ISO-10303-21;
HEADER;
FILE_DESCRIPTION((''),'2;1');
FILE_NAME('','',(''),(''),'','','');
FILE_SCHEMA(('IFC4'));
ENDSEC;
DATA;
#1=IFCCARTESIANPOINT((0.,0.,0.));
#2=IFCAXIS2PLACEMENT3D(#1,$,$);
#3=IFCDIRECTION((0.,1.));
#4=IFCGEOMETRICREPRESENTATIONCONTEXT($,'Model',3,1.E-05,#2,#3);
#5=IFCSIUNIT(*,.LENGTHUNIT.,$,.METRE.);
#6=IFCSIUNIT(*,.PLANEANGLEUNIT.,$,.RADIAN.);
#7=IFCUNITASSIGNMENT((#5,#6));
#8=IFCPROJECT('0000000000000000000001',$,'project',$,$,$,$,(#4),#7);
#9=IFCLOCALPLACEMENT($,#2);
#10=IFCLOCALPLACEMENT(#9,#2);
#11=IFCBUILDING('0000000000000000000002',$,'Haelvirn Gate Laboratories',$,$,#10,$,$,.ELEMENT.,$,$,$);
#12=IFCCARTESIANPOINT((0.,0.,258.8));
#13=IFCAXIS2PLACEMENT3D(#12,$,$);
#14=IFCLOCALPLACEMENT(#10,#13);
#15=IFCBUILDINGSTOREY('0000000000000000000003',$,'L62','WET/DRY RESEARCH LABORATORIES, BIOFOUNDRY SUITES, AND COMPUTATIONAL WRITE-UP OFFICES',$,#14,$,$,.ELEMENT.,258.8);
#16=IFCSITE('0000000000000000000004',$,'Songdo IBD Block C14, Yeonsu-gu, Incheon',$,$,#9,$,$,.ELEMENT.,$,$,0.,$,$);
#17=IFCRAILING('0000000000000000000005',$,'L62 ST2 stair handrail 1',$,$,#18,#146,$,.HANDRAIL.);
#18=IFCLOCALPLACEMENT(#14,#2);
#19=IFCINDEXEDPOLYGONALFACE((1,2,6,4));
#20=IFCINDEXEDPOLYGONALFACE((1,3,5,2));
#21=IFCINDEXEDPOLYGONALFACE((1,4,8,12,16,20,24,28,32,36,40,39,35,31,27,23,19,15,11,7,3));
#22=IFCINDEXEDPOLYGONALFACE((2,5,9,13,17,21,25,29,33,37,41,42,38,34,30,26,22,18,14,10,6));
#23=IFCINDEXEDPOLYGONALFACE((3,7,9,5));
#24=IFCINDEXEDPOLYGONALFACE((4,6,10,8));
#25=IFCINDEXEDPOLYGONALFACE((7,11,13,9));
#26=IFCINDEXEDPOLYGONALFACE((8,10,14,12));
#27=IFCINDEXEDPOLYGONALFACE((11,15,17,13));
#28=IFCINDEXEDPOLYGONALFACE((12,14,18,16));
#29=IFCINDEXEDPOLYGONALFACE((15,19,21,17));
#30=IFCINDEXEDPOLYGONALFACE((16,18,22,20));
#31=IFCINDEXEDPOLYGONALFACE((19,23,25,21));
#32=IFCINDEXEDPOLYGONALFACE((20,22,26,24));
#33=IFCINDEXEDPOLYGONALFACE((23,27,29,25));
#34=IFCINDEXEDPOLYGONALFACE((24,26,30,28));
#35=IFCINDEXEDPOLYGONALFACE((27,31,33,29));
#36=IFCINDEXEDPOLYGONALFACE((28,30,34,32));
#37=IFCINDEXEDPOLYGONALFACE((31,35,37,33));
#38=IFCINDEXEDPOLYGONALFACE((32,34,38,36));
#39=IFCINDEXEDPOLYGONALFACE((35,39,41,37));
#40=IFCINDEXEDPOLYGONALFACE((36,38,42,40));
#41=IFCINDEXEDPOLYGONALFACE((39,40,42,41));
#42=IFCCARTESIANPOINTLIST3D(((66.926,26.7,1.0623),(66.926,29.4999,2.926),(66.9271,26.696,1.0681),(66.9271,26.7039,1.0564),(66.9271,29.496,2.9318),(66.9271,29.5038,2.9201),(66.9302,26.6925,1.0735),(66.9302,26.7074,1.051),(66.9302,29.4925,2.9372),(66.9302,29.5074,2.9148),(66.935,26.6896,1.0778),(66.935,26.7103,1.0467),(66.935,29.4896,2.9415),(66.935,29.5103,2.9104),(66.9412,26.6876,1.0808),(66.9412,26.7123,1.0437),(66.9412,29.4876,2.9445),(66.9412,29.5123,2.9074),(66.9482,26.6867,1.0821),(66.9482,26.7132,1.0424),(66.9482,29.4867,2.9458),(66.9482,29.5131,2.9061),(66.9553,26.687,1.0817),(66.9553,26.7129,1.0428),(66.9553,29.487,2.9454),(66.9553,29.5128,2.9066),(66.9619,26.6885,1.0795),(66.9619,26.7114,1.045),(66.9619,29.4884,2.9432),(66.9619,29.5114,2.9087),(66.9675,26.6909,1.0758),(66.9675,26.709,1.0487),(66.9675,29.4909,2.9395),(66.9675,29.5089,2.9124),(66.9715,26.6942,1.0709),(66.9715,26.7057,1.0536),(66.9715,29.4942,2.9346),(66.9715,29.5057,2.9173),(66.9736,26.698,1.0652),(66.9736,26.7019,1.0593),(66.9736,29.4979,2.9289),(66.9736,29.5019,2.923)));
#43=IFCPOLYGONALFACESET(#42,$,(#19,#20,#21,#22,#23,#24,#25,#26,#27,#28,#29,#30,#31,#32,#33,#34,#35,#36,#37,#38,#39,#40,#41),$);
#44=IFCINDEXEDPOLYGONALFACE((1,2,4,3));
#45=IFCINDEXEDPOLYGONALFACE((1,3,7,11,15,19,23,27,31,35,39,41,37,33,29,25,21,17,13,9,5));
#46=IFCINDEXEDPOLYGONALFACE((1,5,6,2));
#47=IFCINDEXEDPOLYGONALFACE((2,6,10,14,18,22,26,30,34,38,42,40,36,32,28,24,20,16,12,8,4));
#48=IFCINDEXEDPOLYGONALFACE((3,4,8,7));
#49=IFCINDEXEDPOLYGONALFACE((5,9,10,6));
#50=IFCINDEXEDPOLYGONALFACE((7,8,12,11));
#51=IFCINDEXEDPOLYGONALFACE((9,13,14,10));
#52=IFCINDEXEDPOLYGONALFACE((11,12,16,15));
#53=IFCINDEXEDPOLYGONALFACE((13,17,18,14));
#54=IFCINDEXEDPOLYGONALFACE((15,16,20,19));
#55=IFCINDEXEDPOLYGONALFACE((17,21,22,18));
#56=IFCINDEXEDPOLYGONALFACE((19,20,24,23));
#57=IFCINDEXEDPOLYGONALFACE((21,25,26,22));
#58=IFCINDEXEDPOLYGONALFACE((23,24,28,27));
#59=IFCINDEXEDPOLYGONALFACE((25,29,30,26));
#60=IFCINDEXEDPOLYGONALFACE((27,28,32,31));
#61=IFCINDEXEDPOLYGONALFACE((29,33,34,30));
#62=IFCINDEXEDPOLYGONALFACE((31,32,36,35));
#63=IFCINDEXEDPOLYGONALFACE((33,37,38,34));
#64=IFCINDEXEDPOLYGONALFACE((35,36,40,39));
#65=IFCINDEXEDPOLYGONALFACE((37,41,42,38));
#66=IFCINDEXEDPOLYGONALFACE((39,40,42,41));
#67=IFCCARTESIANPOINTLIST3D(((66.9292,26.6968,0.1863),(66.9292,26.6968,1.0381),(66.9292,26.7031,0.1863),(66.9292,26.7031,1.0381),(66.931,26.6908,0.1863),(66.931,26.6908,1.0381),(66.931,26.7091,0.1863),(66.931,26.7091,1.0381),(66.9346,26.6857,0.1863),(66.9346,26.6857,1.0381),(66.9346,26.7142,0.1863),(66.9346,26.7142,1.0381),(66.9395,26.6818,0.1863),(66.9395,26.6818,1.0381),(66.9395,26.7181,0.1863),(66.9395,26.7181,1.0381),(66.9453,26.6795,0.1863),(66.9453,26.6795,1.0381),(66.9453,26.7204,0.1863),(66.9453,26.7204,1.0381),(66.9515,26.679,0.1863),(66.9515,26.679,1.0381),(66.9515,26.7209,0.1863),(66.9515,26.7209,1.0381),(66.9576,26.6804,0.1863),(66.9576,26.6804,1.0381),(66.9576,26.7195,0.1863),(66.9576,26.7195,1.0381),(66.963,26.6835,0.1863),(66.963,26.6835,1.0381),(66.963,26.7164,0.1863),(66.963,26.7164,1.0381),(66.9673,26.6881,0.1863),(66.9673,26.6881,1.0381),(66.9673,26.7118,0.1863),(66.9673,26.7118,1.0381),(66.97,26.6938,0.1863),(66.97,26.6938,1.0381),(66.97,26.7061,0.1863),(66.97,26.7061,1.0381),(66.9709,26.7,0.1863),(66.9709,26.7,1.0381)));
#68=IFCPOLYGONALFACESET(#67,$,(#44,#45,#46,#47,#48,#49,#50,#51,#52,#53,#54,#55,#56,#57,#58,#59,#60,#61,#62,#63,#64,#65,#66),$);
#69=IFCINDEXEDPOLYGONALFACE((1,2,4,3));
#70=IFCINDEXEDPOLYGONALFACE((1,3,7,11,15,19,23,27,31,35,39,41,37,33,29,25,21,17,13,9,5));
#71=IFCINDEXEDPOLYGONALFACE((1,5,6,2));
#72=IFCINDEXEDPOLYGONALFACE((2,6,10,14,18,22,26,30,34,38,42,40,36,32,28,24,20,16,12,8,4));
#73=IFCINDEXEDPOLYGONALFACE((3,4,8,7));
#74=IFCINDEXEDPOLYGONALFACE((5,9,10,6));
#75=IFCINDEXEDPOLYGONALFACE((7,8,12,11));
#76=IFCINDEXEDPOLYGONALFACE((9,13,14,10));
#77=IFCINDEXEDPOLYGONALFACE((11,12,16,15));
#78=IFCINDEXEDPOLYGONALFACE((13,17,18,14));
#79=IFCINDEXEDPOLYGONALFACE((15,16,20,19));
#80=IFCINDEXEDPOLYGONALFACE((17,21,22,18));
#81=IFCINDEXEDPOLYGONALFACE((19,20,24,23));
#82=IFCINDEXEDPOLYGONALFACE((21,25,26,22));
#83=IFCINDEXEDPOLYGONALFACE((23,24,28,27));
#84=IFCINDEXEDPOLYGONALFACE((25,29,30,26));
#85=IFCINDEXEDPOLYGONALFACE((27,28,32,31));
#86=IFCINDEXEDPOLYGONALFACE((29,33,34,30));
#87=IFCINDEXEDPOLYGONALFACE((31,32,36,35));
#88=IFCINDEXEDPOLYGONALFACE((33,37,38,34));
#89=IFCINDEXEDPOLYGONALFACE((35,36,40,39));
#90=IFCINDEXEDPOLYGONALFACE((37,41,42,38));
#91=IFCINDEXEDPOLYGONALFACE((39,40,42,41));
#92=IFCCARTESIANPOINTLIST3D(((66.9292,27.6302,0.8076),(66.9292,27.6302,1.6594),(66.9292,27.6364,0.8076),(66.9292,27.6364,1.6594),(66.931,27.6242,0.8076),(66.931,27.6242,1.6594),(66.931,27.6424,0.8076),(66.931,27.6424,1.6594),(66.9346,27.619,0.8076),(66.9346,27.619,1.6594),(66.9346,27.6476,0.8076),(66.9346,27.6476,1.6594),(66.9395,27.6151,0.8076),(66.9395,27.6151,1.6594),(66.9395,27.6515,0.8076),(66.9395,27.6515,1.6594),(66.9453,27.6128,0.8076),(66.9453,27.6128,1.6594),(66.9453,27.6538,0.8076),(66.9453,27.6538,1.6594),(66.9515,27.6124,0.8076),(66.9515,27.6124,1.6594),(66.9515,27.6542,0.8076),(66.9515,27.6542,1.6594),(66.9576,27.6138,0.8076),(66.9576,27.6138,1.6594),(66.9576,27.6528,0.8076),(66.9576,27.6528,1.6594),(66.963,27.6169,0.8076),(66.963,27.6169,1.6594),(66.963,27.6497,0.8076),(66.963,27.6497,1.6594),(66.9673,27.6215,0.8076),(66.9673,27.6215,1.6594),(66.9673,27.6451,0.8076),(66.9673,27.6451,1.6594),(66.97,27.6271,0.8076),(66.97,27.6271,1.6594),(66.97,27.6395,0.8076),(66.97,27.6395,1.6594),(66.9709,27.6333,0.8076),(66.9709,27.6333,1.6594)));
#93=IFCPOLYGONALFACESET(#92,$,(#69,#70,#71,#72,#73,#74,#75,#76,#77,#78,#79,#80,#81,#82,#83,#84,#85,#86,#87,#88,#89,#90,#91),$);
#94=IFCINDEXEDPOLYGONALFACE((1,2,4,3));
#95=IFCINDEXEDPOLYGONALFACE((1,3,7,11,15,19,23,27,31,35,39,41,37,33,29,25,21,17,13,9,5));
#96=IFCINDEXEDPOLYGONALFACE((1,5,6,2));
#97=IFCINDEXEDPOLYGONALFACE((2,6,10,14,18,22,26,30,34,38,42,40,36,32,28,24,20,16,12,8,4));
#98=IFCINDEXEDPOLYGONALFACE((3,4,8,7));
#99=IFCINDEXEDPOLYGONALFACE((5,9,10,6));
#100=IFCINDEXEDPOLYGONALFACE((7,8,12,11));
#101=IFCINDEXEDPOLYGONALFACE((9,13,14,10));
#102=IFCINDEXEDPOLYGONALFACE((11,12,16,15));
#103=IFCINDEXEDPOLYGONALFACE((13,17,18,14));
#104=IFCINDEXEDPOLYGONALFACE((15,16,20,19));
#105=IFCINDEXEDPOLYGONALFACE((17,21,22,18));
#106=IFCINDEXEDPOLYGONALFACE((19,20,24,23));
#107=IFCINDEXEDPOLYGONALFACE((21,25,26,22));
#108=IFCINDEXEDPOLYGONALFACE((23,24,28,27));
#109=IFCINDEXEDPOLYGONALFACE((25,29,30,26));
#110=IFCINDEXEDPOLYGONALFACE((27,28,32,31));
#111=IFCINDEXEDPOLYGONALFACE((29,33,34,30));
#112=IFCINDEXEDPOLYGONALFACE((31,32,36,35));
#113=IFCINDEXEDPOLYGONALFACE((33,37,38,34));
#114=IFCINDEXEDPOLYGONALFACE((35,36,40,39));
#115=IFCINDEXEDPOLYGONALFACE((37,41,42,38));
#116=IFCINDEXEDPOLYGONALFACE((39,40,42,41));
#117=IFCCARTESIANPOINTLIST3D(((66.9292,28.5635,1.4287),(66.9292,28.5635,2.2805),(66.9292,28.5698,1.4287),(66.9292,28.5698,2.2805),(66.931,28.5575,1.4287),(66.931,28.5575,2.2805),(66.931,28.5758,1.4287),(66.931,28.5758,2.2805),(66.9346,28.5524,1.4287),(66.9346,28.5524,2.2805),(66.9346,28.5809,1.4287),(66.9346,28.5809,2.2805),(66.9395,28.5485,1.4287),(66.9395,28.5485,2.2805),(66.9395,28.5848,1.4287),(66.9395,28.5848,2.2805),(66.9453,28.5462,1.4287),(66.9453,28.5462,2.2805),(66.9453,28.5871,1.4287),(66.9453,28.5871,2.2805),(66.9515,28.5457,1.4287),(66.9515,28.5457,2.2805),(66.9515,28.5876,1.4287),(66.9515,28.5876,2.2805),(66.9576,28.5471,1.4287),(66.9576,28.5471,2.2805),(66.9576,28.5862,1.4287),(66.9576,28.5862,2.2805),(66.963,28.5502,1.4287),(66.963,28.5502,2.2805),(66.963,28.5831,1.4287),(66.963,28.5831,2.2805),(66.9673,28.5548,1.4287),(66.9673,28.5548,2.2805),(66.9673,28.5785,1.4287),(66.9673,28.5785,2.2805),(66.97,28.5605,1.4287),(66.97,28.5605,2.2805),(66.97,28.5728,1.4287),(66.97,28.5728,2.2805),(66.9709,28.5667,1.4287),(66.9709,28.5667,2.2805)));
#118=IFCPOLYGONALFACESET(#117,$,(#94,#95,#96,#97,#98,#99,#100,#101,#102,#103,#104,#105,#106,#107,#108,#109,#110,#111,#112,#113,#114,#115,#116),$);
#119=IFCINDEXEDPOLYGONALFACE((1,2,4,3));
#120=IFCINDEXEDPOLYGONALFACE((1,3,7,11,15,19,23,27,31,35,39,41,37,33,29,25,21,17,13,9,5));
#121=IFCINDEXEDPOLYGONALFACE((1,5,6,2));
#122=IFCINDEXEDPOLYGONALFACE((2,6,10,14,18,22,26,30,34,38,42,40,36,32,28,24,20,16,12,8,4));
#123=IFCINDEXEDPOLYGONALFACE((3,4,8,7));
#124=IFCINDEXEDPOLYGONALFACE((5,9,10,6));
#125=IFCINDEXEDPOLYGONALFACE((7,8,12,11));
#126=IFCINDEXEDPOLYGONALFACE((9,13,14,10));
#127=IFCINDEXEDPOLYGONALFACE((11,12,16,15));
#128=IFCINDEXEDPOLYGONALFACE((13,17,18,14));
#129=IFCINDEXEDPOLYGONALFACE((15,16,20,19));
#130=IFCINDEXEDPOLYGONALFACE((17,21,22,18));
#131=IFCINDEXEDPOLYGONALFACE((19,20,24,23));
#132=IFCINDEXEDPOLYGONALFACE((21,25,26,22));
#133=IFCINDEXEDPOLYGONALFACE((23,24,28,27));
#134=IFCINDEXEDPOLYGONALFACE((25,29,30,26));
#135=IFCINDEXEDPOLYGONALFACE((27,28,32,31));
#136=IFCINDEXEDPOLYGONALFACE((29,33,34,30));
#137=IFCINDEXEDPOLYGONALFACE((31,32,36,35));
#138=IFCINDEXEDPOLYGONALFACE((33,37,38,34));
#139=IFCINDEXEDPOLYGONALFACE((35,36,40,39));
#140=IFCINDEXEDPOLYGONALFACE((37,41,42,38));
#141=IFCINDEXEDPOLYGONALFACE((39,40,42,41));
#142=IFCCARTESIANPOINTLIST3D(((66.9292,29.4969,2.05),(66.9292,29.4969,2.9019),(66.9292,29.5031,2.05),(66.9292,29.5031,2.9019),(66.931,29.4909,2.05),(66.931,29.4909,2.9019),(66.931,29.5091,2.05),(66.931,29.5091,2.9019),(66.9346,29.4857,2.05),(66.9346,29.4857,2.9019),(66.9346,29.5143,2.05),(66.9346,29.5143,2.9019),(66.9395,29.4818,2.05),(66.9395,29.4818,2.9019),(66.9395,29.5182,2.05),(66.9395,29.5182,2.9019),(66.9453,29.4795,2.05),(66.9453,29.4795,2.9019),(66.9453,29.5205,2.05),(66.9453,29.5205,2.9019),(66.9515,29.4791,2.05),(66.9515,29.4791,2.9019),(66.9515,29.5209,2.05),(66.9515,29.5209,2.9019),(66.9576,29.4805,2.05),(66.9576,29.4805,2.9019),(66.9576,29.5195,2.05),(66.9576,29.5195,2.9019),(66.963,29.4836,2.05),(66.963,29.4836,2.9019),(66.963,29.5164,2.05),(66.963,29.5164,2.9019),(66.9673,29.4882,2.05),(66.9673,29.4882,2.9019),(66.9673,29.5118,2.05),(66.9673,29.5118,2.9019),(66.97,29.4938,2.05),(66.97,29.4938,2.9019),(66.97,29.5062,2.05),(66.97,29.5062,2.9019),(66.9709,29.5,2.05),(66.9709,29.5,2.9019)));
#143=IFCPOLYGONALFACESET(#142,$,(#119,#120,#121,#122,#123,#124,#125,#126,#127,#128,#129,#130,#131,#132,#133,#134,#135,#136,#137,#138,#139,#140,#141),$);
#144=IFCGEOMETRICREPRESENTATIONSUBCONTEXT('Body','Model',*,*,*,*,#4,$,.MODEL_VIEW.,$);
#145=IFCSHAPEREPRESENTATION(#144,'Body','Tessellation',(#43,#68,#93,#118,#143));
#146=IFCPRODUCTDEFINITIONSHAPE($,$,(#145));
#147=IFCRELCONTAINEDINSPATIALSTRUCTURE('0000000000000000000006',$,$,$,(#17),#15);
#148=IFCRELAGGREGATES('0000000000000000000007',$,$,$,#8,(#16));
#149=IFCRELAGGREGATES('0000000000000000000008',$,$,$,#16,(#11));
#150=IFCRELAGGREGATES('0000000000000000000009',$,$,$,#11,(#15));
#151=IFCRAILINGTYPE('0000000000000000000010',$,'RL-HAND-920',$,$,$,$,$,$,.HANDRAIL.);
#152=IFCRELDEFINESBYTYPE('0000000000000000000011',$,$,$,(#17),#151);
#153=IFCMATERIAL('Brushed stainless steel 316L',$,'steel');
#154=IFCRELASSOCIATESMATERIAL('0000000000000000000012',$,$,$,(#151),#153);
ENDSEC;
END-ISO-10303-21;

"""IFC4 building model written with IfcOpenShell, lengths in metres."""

from ifc_helpers import new_model, si_unit, direction, frame, origin, origin_2d, place, context, subcontext, project, spatial, circle, extrude, source, transform, mapped, material, type_object, element, save


model = new_model("IFC4")

# Units and contexts
model_context = context("Model", 3, precision=1e-05, world=origin(), true_north=direction((0.0, 1.0)))
body_context = subcontext(model_context, "Body", "Model", "MODEL_VIEW")
ifc_project = project(units=[si_unit("LENGTHUNIT", "METRE"), si_unit("PLANEANGLEUNIT", "RADIAN")], contexts=[model_context])

# Site, building, storey
site_placement = place(None, origin())
site = spatial("IfcSite", under=ifc_project, at=site_placement, Name="Songdo IBD Block C14, Yeonsu-gu, Incheon", CompositionType="ELEMENT", RefElevation=0.0)
building_placement = place(site_placement, origin())
building = spatial("IfcBuilding", under=site, at=building_placement, Name="Haelvirn Gate Laboratories", CompositionType="ELEMENT")
storey_placement = place(building_placement, frame((0.0, 0.0, 258.8)))
storey = spatial("IfcBuildingStorey", under=building, at=storey_placement, Name="L62", Description="WET/DRY RESEARCH LABORATORIES, BIOFOUNDRY SUITES, AND COMPUTATIONAL WRITE-UP OFFICES", CompositionType="ELEMENT", Elevation=258.8)

# Railing
ifc_material_1 = material(Name="Brushed stainless steel 316L", Category="steel")
railing_type_1 = type_object("IfcRailingType", Name="RL-HAND-920", PredefinedType="HANDRAIL", material=ifc_material_1)
shared_shape_1 = source(origin(), body_context, "Body", "SweptSolid", [
    extrude(circle(Radius=0.0239, at=origin_2d()), frame((0.0, 0.0, 0.876), z_axis=(0.0, 0.832452, 0.554097), x_axis=(-1.0, 0.0, 0.0)), (0.0, 0.0, 1.0), 3.3635),
    extrude(circle(Radius=0.021, at=origin_2d()), origin(), (0.0, 0.0, 1.0), 0.8518),
    extrude(circle(Radius=0.021, at=origin_2d()), frame((0.0, 0.9333, 0.6213)), (0.0, 0.0, 1.0), 0.8518),
    extrude(circle(Radius=0.021, at=origin_2d()), frame((0.0, 1.8667, 1.2424)), (0.0, 0.0, 1.0), 0.8518),
    extrude(circle(Radius=0.021, at=origin_2d()), frame((0.0, 2.8, 1.8638)), (0.0, 0.0, 1.0), 0.8518),
])
railing_1_placement = place(storey_placement, frame((66.95, 26.7, 0.1863)))
element("IfcRailing", 1, at=railing_1_placement, inside=storey, type_object=railing_type_1, Name="L62 ST2 stair handrail 1", PredefinedType="HANDRAIL", context=body_context, shape_type="MappedRepresentation", body=[
    mapped(shared_shape_1, transform((0.0, 0.0, 0.0), scale=1.0)),
])

save(model, "model.ifc")
